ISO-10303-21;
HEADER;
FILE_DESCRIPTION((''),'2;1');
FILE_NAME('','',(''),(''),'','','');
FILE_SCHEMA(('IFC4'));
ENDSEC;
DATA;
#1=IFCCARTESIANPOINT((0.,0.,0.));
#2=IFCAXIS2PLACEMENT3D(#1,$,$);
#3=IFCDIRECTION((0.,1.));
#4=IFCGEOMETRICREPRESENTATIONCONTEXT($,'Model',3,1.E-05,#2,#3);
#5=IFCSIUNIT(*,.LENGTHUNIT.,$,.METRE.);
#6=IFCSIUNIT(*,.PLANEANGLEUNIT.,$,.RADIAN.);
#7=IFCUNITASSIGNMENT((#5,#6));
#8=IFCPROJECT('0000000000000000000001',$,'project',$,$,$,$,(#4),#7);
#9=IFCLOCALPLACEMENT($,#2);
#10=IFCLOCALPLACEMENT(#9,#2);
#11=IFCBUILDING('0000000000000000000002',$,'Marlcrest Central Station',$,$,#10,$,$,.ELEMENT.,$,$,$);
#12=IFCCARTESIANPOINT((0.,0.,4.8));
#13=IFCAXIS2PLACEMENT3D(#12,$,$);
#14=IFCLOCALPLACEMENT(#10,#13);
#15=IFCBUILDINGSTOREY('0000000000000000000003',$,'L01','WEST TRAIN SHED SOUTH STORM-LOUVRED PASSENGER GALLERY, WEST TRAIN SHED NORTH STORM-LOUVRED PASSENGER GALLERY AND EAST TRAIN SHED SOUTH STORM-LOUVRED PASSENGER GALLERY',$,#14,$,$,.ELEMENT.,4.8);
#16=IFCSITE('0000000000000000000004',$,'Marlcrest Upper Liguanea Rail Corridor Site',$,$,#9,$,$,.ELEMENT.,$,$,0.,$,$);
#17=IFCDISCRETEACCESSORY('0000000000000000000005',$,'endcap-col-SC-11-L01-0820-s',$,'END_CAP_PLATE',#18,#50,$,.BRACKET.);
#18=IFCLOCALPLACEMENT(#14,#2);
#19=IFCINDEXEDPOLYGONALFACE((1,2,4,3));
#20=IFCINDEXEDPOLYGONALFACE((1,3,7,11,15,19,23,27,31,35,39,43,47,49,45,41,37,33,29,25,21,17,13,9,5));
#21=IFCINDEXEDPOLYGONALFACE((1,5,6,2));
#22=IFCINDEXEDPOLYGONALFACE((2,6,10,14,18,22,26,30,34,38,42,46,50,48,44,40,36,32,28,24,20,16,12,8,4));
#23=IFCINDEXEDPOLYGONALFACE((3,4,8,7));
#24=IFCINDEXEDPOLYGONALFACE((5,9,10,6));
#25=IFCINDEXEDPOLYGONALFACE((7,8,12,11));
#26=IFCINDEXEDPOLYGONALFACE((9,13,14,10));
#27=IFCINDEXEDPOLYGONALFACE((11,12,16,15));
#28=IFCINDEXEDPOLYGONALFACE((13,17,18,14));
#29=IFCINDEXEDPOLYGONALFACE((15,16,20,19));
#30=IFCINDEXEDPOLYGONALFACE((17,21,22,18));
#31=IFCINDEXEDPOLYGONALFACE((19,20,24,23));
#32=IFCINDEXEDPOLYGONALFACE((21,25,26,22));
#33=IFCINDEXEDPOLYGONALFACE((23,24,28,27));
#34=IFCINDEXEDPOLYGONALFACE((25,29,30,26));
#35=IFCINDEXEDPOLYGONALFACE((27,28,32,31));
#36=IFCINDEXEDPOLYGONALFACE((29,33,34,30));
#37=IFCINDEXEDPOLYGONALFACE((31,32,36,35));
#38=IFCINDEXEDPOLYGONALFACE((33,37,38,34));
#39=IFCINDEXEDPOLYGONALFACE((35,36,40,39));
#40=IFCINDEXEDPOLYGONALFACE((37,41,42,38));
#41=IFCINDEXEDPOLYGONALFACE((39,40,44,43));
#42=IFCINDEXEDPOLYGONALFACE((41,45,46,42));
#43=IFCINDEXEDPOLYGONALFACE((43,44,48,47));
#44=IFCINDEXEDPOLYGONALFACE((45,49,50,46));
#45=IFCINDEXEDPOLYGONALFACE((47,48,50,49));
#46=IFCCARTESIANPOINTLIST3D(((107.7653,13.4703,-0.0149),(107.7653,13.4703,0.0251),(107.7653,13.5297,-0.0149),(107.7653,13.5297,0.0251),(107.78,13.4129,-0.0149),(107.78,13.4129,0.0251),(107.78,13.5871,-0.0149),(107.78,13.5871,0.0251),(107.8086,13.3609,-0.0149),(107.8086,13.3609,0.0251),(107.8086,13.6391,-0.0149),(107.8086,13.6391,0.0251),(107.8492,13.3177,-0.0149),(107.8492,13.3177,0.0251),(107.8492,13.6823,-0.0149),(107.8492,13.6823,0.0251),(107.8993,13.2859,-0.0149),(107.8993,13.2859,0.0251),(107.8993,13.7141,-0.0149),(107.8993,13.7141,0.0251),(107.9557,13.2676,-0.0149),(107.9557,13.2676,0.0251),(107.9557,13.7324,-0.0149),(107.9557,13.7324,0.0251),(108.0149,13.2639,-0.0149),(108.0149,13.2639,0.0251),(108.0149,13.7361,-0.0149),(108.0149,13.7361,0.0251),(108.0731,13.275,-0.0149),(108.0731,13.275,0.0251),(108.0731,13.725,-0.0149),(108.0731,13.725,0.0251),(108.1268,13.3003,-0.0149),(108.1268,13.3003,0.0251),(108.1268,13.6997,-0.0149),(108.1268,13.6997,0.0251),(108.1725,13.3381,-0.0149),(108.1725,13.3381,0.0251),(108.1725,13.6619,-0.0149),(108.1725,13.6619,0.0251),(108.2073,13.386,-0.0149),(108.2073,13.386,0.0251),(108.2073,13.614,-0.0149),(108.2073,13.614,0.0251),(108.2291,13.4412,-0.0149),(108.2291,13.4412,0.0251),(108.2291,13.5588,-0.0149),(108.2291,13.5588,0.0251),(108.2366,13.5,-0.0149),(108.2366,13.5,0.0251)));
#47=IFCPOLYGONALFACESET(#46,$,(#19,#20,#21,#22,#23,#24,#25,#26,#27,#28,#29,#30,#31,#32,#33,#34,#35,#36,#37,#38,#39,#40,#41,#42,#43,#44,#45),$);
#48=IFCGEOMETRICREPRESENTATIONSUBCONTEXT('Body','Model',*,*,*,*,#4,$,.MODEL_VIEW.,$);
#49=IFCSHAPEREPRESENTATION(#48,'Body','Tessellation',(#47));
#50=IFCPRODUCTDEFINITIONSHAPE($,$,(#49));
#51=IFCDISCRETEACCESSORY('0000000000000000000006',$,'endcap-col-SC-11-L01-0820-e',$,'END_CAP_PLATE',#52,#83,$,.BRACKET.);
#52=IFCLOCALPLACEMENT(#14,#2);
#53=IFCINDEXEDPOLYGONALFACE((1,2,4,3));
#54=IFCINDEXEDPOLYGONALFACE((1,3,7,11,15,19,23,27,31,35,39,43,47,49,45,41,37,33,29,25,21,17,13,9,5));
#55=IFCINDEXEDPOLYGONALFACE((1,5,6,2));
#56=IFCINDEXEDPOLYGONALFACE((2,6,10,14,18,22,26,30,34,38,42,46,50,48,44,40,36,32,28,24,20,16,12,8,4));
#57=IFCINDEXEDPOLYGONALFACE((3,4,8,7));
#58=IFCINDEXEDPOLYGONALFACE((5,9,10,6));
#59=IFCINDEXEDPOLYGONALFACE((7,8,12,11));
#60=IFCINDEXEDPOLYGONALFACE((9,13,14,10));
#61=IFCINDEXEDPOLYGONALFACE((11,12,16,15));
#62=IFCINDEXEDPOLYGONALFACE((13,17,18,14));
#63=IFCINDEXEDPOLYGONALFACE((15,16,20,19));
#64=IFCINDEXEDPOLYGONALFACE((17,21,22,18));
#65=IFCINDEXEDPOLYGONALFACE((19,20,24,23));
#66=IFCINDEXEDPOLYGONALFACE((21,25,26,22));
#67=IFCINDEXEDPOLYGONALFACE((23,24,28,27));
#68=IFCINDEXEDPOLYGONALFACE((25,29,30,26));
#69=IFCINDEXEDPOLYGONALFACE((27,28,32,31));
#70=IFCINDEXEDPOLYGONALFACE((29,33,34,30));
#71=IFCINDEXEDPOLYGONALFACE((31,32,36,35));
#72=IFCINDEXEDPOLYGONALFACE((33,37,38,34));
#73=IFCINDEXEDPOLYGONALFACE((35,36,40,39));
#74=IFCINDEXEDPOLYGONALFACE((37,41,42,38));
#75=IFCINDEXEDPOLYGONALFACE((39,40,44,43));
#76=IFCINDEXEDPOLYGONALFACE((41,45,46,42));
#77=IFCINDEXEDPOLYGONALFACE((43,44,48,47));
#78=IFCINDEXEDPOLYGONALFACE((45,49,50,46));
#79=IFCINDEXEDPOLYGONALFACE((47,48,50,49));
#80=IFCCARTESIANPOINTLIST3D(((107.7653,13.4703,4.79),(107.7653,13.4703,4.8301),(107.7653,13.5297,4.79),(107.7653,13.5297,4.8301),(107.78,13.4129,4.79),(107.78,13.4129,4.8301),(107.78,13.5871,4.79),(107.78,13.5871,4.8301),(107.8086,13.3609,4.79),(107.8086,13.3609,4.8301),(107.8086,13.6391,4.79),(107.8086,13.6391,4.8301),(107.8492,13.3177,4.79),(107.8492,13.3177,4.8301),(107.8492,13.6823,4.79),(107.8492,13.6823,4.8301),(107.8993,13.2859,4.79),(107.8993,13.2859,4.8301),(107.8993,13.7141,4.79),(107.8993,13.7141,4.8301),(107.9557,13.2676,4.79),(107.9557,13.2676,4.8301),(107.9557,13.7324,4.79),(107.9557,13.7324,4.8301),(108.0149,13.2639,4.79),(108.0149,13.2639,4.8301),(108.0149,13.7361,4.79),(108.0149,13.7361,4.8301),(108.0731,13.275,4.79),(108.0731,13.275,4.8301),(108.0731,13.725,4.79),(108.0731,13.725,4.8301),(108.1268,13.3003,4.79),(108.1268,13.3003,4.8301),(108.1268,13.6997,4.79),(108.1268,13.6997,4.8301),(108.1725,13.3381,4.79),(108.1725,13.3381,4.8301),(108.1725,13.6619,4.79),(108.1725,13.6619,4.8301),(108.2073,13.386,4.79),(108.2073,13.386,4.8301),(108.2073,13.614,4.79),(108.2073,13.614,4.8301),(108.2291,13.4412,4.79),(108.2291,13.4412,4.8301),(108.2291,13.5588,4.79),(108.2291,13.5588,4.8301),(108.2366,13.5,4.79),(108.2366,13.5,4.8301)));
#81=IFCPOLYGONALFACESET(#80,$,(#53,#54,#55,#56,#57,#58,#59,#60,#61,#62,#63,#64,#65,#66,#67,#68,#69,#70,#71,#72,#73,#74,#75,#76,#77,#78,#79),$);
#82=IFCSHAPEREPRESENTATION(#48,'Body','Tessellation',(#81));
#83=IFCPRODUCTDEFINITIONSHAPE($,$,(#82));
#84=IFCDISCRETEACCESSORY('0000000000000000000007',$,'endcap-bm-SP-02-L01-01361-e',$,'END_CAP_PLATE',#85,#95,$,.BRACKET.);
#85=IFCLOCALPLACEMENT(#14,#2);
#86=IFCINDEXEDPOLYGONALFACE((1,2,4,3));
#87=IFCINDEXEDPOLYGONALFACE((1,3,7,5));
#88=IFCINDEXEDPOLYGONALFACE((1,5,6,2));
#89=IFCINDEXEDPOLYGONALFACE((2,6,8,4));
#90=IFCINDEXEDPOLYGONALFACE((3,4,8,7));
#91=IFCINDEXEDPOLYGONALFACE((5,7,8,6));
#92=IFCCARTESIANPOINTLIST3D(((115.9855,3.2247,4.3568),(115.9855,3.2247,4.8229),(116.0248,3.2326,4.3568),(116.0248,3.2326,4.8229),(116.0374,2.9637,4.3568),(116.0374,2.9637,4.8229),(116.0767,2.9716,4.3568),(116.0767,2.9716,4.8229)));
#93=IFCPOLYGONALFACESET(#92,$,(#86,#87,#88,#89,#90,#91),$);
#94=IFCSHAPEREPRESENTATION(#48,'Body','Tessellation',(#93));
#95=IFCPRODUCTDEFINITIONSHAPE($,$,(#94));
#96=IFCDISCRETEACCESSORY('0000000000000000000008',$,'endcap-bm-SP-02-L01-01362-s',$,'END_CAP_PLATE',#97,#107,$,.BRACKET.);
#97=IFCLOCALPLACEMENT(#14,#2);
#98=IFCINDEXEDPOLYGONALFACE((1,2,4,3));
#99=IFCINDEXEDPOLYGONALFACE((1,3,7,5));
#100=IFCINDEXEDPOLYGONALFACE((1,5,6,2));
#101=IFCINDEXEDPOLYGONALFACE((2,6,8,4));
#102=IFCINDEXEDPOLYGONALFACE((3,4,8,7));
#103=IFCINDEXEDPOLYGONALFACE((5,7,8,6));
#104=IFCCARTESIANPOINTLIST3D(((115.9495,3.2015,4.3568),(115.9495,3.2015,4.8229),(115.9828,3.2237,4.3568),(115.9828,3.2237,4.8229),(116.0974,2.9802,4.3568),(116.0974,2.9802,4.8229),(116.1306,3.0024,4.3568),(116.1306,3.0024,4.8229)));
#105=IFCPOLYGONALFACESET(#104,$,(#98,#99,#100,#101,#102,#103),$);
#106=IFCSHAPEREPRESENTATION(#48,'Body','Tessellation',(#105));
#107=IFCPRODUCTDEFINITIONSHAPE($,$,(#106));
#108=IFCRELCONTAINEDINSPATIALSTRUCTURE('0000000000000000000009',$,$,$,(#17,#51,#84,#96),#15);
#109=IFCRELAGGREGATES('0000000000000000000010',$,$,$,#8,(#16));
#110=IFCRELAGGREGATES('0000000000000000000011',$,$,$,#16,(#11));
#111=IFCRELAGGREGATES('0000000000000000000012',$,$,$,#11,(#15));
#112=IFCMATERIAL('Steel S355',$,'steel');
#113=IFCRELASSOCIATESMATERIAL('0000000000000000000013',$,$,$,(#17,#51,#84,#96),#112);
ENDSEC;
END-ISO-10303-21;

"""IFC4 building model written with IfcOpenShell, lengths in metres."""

from ifc_helpers import new_model, si_unit, direction, frame, origin, origin_2d, place, context, subcontext, project, spatial, rectangle, circle, extrude, material, element, save


model = new_model("IFC4")

# Units and contexts
model_context = context("Model", 3, precision=1e-05, world=origin(), true_north=direction((0.0, 1.0)))
body_context = subcontext(model_context, "Body", "Model", "MODEL_VIEW")
ifc_project = project(units=[si_unit("LENGTHUNIT", "METRE"), si_unit("PLANEANGLEUNIT", "RADIAN")], contexts=[model_context])

# Site, building, storey
site_placement = place(None, origin())
site = spatial("IfcSite", under=ifc_project, at=site_placement, Name="Marlcrest Upper Liguanea Rail Corridor Site", CompositionType="ELEMENT", RefElevation=0.0)
building_placement = place(site_placement, origin())
building = spatial("IfcBuilding", under=site, at=building_placement, Name="Marlcrest Central Station", CompositionType="ELEMENT")
storey_placement = place(building_placement, frame((0.0, 0.0, 4.8)))
storey = spatial("IfcBuildingStorey", under=building, at=storey_placement, Name="L01", Description="WEST TRAIN SHED SOUTH STORM-LOUVRED PASSENGER GALLERY, WEST TRAIN SHED NORTH STORM-LOUVRED PASSENGER GALLERY AND EAST TRAIN SHED SOUTH STORM-LOUVRED PASSENGER GALLERY", CompositionType="ELEMENT", Elevation=4.8)

# Shared definitions
ifc_material_1 = material(Name="Steel S355", Category="steel")

# Discrete accessories
for number, where, z_axis, x_axis, name in (
    (1, (108.0, 13.5, -0.0149), (0.0, 0.0, 1.0), (1.0, 0.0, 0.0), "endcap-col-SC-11-L01-0820-s"),
    (2, (108.0, 13.5, 4.79), (0.0, 0.0, 1.0), (1.0, 0.0, 0.0), "endcap-col-SC-11-L01-0820-e"),
):
    element("IfcDiscreteAccessory", number, at=place(storey_placement, frame(where, z_axis=z_axis, x_axis=x_axis)), inside=storey, material=ifc_material_1, Name=name, ObjectType="END_CAP_PLATE", PredefinedType="BRACKET", context=body_context, shape_type="SweptSolid", body=[
        extrude(circle(Radius=0.2366, at=origin_2d()), origin(), (0.0, 0.0, 1.0), 0.04),
    ])
for number, where, z_axis, x_axis, name in (
    (3, (116.0115, 3.0942, 4.5898), (0.980769, 0.195171, 0.0), (-0.195171, 0.980769, 0.0), "endcap-bm-SP-02-L01-01361-e"),
    (4, (116.0234, 3.0908, 4.5898), (0.831509, 0.555511, 0.0), (-0.555511, 0.831509, 0.0), "endcap-bm-SP-02-L01-01362-s"),
):
    element("IfcDiscreteAccessory", number, at=place(storey_placement, frame(where, z_axis=z_axis, x_axis=x_axis)), inside=storey, material=ifc_material_1, Name=name, ObjectType="END_CAP_PLATE", PredefinedType="BRACKET", context=body_context, shape_type="SweptSolid", body=[
        extrude(rectangle(XDim=0.2661, YDim=0.4661, at=origin_2d()), origin(), (0.0, 0.0, 1.0), 0.04),
    ])

save(model, "model.ifc")
